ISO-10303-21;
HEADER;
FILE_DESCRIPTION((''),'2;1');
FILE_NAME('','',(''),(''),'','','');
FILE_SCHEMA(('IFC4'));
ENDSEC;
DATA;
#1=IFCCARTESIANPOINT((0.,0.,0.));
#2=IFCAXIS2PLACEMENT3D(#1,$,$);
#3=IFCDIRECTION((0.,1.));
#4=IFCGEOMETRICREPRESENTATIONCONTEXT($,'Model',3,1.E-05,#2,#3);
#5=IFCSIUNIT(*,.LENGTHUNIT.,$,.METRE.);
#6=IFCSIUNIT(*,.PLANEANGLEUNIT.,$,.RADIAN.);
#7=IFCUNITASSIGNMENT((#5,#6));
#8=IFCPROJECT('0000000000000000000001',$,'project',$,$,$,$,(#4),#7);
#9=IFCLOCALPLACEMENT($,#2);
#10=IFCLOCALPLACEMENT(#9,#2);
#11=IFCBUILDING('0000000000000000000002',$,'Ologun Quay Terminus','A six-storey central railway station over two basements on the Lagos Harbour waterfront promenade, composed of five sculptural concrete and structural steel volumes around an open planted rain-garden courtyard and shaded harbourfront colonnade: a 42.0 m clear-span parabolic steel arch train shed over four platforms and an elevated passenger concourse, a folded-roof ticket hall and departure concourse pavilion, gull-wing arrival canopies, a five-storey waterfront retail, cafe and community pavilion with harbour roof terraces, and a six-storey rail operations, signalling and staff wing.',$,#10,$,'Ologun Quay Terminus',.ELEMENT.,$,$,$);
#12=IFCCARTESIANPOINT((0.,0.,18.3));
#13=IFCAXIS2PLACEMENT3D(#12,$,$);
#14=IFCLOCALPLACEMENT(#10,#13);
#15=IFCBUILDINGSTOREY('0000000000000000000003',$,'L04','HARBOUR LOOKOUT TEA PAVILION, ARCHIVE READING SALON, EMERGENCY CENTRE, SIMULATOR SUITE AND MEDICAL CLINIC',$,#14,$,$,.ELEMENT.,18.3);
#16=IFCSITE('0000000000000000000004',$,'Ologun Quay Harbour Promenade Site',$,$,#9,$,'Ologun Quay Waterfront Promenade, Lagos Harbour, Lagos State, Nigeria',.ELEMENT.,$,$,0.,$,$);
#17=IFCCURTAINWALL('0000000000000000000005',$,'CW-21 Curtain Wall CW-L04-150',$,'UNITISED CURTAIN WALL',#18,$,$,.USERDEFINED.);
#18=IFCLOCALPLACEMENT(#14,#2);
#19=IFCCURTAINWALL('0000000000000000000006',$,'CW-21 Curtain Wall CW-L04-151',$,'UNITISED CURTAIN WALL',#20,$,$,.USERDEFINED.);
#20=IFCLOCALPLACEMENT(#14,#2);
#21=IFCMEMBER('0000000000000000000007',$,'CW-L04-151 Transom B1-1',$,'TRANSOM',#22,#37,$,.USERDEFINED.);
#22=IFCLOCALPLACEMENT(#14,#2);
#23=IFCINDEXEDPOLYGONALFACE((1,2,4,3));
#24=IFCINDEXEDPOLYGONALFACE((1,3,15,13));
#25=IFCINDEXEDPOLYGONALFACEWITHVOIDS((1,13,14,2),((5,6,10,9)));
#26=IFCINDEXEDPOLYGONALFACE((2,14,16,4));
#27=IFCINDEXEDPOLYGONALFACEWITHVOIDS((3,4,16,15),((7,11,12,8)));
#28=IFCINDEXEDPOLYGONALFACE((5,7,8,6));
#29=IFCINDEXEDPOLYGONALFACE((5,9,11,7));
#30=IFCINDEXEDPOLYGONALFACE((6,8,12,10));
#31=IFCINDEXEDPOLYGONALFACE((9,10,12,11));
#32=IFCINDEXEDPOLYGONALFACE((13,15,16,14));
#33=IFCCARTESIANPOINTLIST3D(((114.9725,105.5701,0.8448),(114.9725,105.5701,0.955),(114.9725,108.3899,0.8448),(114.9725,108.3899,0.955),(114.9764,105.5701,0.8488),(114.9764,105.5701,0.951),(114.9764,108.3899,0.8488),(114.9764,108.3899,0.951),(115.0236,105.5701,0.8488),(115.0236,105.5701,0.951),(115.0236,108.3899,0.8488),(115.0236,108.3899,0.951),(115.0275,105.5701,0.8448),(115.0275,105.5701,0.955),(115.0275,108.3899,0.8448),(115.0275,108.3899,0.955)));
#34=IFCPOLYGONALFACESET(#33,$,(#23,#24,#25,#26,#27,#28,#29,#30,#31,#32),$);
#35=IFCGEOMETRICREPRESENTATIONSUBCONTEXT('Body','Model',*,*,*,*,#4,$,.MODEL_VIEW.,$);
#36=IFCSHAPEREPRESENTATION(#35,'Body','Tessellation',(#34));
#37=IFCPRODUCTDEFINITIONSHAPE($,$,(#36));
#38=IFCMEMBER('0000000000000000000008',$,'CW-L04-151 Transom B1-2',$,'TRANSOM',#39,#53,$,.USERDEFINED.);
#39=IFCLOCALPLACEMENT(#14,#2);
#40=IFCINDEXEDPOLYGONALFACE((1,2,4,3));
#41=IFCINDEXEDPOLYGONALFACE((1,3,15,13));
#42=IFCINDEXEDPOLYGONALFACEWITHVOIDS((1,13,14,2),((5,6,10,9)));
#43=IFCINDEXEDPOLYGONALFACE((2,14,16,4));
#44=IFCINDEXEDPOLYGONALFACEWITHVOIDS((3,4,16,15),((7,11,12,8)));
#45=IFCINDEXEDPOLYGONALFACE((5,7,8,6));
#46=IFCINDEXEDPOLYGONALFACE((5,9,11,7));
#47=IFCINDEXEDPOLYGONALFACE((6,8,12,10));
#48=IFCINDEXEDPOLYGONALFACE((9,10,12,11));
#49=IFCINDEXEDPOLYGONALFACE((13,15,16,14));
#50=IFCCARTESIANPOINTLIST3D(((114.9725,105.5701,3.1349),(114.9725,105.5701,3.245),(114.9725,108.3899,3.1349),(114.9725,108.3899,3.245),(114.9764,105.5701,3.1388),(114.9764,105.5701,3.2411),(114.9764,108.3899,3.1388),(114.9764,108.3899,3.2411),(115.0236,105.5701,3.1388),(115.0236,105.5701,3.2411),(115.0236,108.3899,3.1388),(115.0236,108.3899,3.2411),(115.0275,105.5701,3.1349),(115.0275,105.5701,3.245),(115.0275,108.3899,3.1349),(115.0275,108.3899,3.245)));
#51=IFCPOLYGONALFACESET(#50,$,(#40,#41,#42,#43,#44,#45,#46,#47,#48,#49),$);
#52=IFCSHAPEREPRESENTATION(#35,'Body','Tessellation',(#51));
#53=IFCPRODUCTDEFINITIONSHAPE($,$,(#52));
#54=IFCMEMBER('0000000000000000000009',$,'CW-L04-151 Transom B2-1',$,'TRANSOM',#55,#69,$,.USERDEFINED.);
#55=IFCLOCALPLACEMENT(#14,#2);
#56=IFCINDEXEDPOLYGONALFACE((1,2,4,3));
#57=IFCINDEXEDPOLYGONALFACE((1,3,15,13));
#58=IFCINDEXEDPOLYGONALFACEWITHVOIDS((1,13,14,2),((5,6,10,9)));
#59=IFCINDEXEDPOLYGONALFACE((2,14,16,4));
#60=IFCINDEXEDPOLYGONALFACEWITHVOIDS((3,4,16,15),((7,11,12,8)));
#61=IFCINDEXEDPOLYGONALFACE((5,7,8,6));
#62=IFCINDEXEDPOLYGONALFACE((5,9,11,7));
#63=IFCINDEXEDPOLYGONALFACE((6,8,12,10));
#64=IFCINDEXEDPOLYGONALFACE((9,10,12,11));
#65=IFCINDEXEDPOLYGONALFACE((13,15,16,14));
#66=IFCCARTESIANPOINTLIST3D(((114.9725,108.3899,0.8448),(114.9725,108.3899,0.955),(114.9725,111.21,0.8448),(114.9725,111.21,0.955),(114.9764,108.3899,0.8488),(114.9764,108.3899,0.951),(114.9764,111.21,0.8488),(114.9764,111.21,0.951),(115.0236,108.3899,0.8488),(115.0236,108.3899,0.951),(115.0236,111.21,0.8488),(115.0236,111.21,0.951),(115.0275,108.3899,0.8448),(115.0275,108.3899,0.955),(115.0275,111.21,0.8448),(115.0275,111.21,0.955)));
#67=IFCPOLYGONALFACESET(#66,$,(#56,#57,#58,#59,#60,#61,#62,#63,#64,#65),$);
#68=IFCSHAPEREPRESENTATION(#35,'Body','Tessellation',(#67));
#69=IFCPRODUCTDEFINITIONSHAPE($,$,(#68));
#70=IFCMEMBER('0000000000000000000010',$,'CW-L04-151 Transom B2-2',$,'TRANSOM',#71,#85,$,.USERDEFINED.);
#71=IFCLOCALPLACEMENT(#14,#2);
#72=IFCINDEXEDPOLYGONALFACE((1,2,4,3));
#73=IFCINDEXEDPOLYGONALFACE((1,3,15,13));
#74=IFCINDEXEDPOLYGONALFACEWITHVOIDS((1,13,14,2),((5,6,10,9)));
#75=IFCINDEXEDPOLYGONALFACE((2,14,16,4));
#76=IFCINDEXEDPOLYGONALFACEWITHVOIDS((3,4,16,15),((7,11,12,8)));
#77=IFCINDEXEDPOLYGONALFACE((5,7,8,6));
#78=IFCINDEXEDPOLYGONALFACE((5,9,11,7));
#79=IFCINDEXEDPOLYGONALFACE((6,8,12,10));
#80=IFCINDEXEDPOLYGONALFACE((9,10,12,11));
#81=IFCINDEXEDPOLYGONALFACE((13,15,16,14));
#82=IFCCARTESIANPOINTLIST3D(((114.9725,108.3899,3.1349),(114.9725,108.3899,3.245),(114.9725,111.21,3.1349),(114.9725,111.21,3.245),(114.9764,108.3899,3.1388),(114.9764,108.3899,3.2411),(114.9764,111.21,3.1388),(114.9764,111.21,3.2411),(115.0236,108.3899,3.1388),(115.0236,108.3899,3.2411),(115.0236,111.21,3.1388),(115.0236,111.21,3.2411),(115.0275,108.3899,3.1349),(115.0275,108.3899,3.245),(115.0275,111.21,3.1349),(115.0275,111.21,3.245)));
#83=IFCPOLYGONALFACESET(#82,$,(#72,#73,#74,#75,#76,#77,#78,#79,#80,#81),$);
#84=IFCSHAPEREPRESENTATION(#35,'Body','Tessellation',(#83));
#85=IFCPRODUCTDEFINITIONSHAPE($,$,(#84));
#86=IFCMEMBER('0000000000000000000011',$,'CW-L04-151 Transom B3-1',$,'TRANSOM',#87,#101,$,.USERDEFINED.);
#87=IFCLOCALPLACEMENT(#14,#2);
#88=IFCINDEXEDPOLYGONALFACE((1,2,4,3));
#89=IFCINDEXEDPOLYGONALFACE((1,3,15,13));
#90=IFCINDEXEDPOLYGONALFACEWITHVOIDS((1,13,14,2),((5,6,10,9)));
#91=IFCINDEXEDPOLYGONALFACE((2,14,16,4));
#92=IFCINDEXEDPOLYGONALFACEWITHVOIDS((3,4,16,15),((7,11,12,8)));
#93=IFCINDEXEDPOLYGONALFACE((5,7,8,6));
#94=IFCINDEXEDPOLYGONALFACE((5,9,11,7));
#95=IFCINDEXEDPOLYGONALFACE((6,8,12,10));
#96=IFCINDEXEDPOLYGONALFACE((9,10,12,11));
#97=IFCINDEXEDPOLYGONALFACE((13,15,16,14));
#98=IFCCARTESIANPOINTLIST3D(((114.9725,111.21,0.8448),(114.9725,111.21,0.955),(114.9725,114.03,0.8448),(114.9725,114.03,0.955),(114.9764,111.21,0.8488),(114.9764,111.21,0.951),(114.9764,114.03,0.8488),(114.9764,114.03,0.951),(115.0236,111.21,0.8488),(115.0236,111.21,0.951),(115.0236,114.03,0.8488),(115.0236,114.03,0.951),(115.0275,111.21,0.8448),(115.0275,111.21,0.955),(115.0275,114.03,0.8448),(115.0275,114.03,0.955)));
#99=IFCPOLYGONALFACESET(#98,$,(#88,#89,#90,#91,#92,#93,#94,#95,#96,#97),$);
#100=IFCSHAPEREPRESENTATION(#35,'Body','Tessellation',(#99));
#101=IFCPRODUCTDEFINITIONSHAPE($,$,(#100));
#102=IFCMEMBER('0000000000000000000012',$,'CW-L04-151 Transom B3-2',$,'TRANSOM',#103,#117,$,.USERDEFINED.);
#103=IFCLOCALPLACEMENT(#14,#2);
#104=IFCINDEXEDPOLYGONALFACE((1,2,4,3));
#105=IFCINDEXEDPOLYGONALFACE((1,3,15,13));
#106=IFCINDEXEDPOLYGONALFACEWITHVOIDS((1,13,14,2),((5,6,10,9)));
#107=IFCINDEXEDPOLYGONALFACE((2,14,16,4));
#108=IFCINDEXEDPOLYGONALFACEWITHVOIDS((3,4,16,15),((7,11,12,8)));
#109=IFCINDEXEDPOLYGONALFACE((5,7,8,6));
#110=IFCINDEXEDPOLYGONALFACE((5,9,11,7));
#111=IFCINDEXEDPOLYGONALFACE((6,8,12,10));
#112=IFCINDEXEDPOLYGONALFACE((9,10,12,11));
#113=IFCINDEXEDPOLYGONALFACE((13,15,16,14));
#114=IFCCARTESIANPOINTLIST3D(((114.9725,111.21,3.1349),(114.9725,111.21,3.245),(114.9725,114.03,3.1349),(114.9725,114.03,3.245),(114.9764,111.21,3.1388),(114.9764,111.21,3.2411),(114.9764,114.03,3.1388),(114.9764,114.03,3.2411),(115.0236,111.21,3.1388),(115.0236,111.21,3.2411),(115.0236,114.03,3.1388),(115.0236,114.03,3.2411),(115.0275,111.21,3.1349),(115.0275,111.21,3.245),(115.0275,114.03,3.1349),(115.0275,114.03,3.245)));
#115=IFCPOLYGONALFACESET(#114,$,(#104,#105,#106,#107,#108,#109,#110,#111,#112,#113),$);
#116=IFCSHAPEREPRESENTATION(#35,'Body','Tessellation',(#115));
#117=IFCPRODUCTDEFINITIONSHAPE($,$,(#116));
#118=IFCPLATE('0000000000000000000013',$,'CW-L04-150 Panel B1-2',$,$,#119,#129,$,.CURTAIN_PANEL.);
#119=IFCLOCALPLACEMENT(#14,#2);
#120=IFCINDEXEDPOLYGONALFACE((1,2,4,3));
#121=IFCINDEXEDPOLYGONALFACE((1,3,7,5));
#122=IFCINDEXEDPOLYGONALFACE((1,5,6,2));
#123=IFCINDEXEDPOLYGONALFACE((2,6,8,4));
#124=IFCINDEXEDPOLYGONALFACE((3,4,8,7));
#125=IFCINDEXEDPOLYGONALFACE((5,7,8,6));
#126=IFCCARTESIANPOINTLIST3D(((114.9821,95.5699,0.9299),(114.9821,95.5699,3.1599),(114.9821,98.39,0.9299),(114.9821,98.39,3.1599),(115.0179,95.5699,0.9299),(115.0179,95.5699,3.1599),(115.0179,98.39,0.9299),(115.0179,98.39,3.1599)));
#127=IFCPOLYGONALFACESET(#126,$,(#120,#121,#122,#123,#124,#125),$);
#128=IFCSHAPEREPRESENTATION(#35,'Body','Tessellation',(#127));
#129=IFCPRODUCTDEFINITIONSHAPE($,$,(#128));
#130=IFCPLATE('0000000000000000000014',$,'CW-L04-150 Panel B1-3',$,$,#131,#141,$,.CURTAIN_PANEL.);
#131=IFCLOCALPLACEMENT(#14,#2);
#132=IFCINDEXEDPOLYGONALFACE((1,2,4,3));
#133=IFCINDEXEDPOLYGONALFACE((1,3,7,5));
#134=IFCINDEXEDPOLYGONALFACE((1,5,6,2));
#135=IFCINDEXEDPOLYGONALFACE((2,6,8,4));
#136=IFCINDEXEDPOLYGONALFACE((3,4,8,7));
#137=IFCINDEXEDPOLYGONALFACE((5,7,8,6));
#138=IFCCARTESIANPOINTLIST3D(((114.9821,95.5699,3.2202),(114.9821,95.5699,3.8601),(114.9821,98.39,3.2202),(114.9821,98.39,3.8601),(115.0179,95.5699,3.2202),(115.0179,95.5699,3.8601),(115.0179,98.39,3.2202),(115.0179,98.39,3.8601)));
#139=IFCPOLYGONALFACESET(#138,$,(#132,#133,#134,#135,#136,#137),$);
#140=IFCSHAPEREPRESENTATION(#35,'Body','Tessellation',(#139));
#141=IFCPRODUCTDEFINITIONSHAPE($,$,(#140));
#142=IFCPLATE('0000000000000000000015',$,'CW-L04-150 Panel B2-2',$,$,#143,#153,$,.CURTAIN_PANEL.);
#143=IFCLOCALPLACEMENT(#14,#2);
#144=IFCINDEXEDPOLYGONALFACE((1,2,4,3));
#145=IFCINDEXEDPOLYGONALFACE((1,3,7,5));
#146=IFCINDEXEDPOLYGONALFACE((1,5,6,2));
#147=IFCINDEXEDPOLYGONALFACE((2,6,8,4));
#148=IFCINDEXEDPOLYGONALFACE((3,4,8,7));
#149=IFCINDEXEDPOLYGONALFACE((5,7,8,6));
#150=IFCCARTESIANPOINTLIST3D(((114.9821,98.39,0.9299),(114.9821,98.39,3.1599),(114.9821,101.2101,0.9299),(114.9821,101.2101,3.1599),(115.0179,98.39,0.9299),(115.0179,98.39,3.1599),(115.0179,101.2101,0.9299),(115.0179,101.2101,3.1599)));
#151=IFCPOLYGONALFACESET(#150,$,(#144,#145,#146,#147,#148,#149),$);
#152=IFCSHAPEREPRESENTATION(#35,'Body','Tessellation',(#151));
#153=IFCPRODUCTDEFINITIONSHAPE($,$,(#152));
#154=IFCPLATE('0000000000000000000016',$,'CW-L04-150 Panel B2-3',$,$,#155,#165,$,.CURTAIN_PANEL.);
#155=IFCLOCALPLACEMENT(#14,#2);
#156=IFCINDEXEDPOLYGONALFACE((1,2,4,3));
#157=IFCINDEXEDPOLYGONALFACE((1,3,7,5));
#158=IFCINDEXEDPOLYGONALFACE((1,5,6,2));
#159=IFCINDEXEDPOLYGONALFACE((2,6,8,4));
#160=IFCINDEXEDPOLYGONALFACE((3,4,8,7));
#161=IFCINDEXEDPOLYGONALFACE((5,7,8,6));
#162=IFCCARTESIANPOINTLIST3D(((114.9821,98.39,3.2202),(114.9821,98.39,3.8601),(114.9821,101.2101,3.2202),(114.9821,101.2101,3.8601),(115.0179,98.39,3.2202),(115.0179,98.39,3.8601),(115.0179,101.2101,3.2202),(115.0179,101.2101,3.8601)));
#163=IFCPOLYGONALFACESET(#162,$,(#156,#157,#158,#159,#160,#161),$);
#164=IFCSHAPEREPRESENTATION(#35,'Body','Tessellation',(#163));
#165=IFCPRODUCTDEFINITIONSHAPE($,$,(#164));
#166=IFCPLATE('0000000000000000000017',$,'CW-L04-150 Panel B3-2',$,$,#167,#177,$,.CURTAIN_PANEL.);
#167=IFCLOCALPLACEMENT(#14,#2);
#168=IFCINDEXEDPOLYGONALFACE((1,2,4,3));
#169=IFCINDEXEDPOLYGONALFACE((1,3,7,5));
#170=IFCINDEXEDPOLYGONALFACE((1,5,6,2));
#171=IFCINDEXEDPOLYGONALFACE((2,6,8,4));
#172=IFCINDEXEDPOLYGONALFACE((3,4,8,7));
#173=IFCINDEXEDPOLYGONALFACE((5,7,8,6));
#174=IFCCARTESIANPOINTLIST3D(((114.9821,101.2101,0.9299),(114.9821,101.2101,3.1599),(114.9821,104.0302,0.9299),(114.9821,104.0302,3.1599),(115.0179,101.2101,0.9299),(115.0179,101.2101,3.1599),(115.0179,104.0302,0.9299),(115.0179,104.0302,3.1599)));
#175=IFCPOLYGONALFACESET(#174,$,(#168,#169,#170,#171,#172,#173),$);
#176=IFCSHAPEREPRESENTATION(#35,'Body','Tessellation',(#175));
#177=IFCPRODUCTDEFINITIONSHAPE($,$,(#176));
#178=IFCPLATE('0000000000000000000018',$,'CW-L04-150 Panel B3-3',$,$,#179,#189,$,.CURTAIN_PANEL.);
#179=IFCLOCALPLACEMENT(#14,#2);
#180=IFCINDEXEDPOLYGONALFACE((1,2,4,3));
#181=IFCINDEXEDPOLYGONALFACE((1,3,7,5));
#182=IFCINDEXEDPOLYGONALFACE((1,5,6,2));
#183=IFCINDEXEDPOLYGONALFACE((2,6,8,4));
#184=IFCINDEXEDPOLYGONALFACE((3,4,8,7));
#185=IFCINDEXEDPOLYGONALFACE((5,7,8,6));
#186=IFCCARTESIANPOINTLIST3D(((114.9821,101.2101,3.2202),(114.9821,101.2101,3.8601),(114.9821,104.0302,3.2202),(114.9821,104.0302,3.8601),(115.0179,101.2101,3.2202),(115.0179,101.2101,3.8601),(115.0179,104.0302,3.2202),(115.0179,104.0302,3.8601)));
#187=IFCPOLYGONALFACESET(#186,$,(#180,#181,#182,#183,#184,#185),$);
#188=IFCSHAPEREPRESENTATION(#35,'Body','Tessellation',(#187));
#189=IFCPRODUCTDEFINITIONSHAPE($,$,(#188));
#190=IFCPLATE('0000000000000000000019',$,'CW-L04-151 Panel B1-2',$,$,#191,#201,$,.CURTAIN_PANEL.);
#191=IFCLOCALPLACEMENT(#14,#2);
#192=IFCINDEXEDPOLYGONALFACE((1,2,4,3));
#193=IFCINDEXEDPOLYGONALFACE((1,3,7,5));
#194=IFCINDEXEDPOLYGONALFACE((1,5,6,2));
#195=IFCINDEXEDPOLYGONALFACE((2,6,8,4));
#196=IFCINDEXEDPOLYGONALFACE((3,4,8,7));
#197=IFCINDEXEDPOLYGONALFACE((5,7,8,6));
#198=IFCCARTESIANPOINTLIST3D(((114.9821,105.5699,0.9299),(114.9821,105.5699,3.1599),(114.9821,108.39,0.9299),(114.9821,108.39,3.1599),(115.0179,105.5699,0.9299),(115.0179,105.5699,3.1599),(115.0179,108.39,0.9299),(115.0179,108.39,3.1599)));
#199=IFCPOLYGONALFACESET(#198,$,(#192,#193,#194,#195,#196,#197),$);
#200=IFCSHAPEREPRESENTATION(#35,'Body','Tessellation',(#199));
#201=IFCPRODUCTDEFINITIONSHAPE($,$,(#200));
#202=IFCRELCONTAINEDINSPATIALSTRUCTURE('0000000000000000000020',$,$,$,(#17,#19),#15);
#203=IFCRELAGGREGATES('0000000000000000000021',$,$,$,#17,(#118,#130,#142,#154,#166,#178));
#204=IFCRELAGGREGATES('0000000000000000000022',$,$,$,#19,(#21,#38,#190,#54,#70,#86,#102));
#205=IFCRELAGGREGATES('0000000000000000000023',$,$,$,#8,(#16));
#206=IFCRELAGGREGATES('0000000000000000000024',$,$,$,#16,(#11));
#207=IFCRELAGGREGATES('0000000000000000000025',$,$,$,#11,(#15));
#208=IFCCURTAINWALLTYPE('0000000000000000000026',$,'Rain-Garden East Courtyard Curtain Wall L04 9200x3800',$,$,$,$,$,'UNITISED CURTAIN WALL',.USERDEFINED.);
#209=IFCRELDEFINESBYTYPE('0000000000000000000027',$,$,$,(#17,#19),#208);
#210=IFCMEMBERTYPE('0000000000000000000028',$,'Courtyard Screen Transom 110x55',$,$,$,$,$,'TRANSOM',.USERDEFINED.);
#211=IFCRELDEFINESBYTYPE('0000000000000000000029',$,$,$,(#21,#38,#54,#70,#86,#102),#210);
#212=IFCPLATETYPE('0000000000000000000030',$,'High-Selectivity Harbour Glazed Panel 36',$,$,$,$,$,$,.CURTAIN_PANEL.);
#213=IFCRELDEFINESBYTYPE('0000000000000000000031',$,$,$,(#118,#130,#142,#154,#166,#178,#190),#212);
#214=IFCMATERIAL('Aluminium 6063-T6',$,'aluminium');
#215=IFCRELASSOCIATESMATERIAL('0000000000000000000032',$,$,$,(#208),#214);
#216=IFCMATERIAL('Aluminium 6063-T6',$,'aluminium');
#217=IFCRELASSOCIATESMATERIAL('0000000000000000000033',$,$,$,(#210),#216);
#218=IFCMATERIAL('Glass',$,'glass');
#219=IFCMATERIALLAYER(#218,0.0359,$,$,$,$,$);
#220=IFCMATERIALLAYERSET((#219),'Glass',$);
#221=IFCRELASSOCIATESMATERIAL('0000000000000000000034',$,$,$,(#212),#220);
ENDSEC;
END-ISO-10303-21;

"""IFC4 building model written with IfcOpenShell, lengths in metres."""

from ifc_helpers import new_model, si_unit, direction, frame, origin, origin_2d, place, context, subcontext, project, spatial, rectangle, hollow_rectangle, extrude, material, layer, layer_set, material_profile, profile_set, type_object, element, aggregate, save


model = new_model("IFC4")

# Units and contexts
model_context = context("Model", 3, precision=1e-05, world=origin(), true_north=direction((0.0, 1.0)))
body_context = subcontext(model_context, "Body", "Model", "MODEL_VIEW")
ifc_project = project(units=[si_unit("LENGTHUNIT", "METRE"), si_unit("PLANEANGLEUNIT", "RADIAN")], contexts=[model_context])

# Site, building, storey
site_placement = place(None, origin())
site = spatial("IfcSite", under=ifc_project, at=site_placement, Name="Ologun Quay Harbour Promenade Site", LongName="Ologun Quay Waterfront Promenade, Lagos Harbour, Lagos State, Nigeria", CompositionType="ELEMENT", RefElevation=0.0)
building_placement = place(site_placement, origin())
building = spatial("IfcBuilding", under=site, at=building_placement, Name="Ologun Quay Terminus", Description="A six-storey central railway station over two basements on the Lagos Harbour waterfront promenade, composed of five sculptural concrete and structural steel volumes around an open planted rain-garden courtyard and shaded harbourfront colonnade: a 42.0 m clear-span parabolic steel arch train shed over four platforms and an elevated passenger concourse, a folded-roof ticket hall and departure concourse pavilion, gull-wing arrival canopies, a five-storey waterfront retail, cafe and community pavilion with harbour roof terraces, and a six-storey rail operations, signalling and staff wing.", LongName="Ologun Quay Terminus", CompositionType="ELEMENT")
storey_placement = place(building_placement, frame((0.0, 0.0, 18.3)))
storey = spatial("IfcBuildingStorey", under=building, at=storey_placement, Name="L04", Description="HARBOUR LOOKOUT TEA PAVILION, ARCHIVE READING SALON, EMERGENCY CENTRE, SIMULATOR SUITE AND MEDICAL CLINIC", CompositionType="ELEMENT", Elevation=18.3)

# Curtain walls
ifc_material_1 = material(Name="Aluminium 6063-T6", Category="aluminium")
curtain_wall_type = type_object("IfcCurtainWallType", Name="Rain-Garden East Courtyard Curtain Wall L04 9200x3800", ElementType="UNITISED CURTAIN WALL", PredefinedType="USERDEFINED", material=ifc_material_1)
curtain_wall_1_placement = place(storey_placement, origin())
curtain_wall_1 = element("IfcCurtainWall", 1, at=curtain_wall_1_placement, inside=storey, type_object=curtain_wall_type, Name="CW-21 Curtain Wall CW-L04-150", ObjectType="UNITISED CURTAIN WALL", PredefinedType="USERDEFINED")
curtain_wall_2_placement = place(storey_placement, origin())
curtain_wall_2 = element("IfcCurtainWall", 2, at=curtain_wall_2_placement, inside=storey, type_object=curtain_wall_type, Name="CW-21 Curtain Wall CW-L04-151", ObjectType="UNITISED CURTAIN WALL", PredefinedType="USERDEFINED")

# Members
ifc_material_2 = material(Name="Aluminium 6063-T6", Category="aluminium")
ifc_material_profile_1 = material_profile(ifc_material_2, hollow_rectangle(XDim=0.0549, YDim=0.1101, WallThickness=0.0039, at=origin_2d()), Name="ALU 110x55x4")
ifc_profile_set_1 = profile_set([ifc_material_profile_1], Name="Aluminium 6063-T6")
member_type_1 = type_object("IfcMemberType", Name="Courtyard Screen Transom 110x55", ElementType="TRANSOM", PredefinedType="USERDEFINED", material=ifc_profile_set_1)
member_1_placement = place(storey_placement, frame((115.0, 105.5701, 0.8999), z_axis=(0.0, 1.0, 0.0), x_axis=(-1.0, 0.0, 0.0)))
member_1 = element("IfcMember", 3, at=member_1_placement, type_object=member_type_1, Name="CW-L04-151 Transom B1-1", ObjectType="TRANSOM", PredefinedType="USERDEFINED", context=body_context, shape_type="SweptSolid", body=[
    extrude(hollow_rectangle(XDim=0.0549, YDim=0.1101, WallThickness=0.0039, at=origin_2d()), origin(), (0.0, 0.0, 1.0), 2.8198),
])
member_2_placement = place(storey_placement, frame((115.0, 105.5701, 3.1899), z_axis=(0.0, 1.0, 0.0), x_axis=(-1.0, 0.0, 0.0)))
member_2 = element("IfcMember", 4, at=member_2_placement, type_object=member_type_1, Name="CW-L04-151 Transom B1-2", ObjectType="TRANSOM", PredefinedType="USERDEFINED", context=body_context, shape_type="SweptSolid", body=[
    extrude(hollow_rectangle(XDim=0.0549, YDim=0.1101, WallThickness=0.0039, at=origin_2d()), origin(), (0.0, 0.0, 1.0), 2.8198),
])
member_3_placement = place(storey_placement, frame((115.0, 108.3899, 0.8999), z_axis=(0.0, 1.0, 0.0), x_axis=(-1.0, 0.0, 0.0)))
member_3 = element("IfcMember", 5, at=member_3_placement, type_object=member_type_1, Name="CW-L04-151 Transom B2-1", ObjectType="TRANSOM", PredefinedType="USERDEFINED", context=body_context, shape_type="SweptSolid", body=[
    extrude(hollow_rectangle(XDim=0.0549, YDim=0.1101, WallThickness=0.0039, at=origin_2d()), origin(), (0.0, 0.0, 1.0), 2.8201),
])
member_4_placement = place(storey_placement, frame((115.0, 108.3899, 3.1899), z_axis=(0.0, 1.0, 0.0), x_axis=(-1.0, 0.0, 0.0)))
member_4 = element("IfcMember", 6, at=member_4_placement, type_object=member_type_1, Name="CW-L04-151 Transom B2-2", ObjectType="TRANSOM", PredefinedType="USERDEFINED", context=body_context, shape_type="SweptSolid", body=[
    extrude(hollow_rectangle(XDim=0.0549, YDim=0.1101, WallThickness=0.0039, at=origin_2d()), origin(), (0.0, 0.0, 1.0), 2.8201),
])
member_5_placement = place(storey_placement, frame((115.0, 111.21, 0.8999), z_axis=(0.0, 1.0, 0.0), x_axis=(-1.0, 0.0, 0.0)))
member_5 = element("IfcMember", 7, at=member_5_placement, type_object=member_type_1, Name="CW-L04-151 Transom B3-1", ObjectType="TRANSOM", PredefinedType="USERDEFINED", context=body_context, shape_type="SweptSolid", body=[
    extrude(hollow_rectangle(XDim=0.0549, YDim=0.1101, WallThickness=0.0039, at=origin_2d()), origin(), (0.0, 0.0, 1.0), 2.8201),
])
member_6_placement = place(storey_placement, frame((115.0, 111.21, 3.1899), z_axis=(0.0, 1.0, 0.0), x_axis=(-1.0, 0.0, 0.0)))
member_6 = element("IfcMember", 8, at=member_6_placement, type_object=member_type_1, Name="CW-L04-151 Transom B3-2", ObjectType="TRANSOM", PredefinedType="USERDEFINED", context=body_context, shape_type="SweptSolid", body=[
    extrude(hollow_rectangle(XDim=0.0549, YDim=0.1101, WallThickness=0.0039, at=origin_2d()), origin(), (0.0, 0.0, 1.0), 2.8201),
])

# Plates
ifc_material_3 = material(Name="Glass", Category="glass")
ifc_layer_1 = layer(ifc_material_3, 0.0359)
ifc_layer_set_1 = layer_set([ifc_layer_1], Name="Glass")
plate_type_1 = type_object("IfcPlateType", Name="High-Selectivity Harbour Glazed Panel 36", PredefinedType="CURTAIN_PANEL", material=ifc_layer_set_1)
plate_1_placement = place(storey_placement, frame((115.0, 96.98, 0.9299), z_axis=(0.0, 0.0, 1.0), x_axis=(0.0, 1.0, 0.0)))
plate_1 = element("IfcPlate", 9, at=plate_1_placement, type_object=plate_type_1, Name="CW-L04-150 Panel B1-2", PredefinedType="CURTAIN_PANEL", context=body_context, shape_type="SweptSolid", body=[
    extrude(rectangle(XDim=2.8201, YDim=0.0359, at=origin_2d()), origin(), (0.0, 0.0, 1.0), 2.23),
])
plate_2_placement = place(storey_placement, frame((115.0, 96.98, 3.2202), z_axis=(0.0, 0.0, 1.0), x_axis=(0.0, 1.0, 0.0)))
plate_2 = element("IfcPlate", 10, at=plate_2_placement, type_object=plate_type_1, Name="CW-L04-150 Panel B1-3", PredefinedType="CURTAIN_PANEL", context=body_context, shape_type="SweptSolid", body=[
    extrude(rectangle(XDim=2.8201, YDim=0.0359, at=origin_2d()), origin(), (0.0, 0.0, 1.0), 0.6399),
])
plate_3_placement = place(storey_placement, frame((115.0, 99.8, 0.9299), z_axis=(0.0, 0.0, 1.0), x_axis=(0.0, 1.0, 0.0)))
plate_3 = element("IfcPlate", 11, at=plate_3_placement, type_object=plate_type_1, Name="CW-L04-150 Panel B2-2", PredefinedType="CURTAIN_PANEL", context=body_context, shape_type="SweptSolid", body=[
    extrude(rectangle(XDim=2.8201, YDim=0.0359, at=origin_2d()), origin(), (0.0, 0.0, 1.0), 2.23),
])
plate_4_placement = place(storey_placement, frame((115.0, 99.8, 3.2202), z_axis=(0.0, 0.0, 1.0), x_axis=(0.0, 1.0, 0.0)))
plate_4 = element("IfcPlate", 12, at=plate_4_placement, type_object=plate_type_1, Name="CW-L04-150 Panel B2-3", PredefinedType="CURTAIN_PANEL", context=body_context, shape_type="SweptSolid", body=[
    extrude(rectangle(XDim=2.8201, YDim=0.0359, at=origin_2d()), origin(), (0.0, 0.0, 1.0), 0.6399),
])
plate_5_placement = place(storey_placement, frame((115.0, 102.6201, 0.9299), z_axis=(0.0, 0.0, 1.0), x_axis=(0.0, 1.0, 0.0)))
plate_5 = element("IfcPlate", 13, at=plate_5_placement, type_object=plate_type_1, Name="CW-L04-150 Panel B3-2", PredefinedType="CURTAIN_PANEL", context=body_context, shape_type="SweptSolid", body=[
    extrude(rectangle(XDim=2.8201, YDim=0.0359, at=origin_2d()), origin(), (0.0, 0.0, 1.0), 2.23),
])
plate_6_placement = place(storey_placement, frame((115.0, 102.6201, 3.2202), z_axis=(0.0, 0.0, 1.0), x_axis=(0.0, 1.0, 0.0)))
plate_6 = element("IfcPlate", 14, at=plate_6_placement, type_object=plate_type_1, Name="CW-L04-150 Panel B3-3", PredefinedType="CURTAIN_PANEL", context=body_context, shape_type="SweptSolid", body=[
    extrude(rectangle(XDim=2.8201, YDim=0.0359, at=origin_2d()), origin(), (0.0, 0.0, 1.0), 0.6399),
])
plate_7_placement = place(storey_placement, frame((115.0, 106.98, 0.9299), z_axis=(0.0, 0.0, 1.0), x_axis=(0.0, 1.0, 0.0)))
plate_7 = element("IfcPlate", 15, at=plate_7_placement, type_object=plate_type_1, Name="CW-L04-151 Panel B1-2", PredefinedType="CURTAIN_PANEL", context=body_context, shape_type="SweptSolid", body=[
    extrude(rectangle(XDim=2.8201, YDim=0.0359, at=origin_2d()), origin(), (0.0, 0.0, 1.0), 2.23),
])
aggregate(curtain_wall_1, [plate_1, plate_2, plate_3, plate_4, plate_5, plate_6])
aggregate(curtain_wall_2, [member_1, member_2, plate_7, member_3, member_4, member_5, member_6])

save(model, "model.ifc")
